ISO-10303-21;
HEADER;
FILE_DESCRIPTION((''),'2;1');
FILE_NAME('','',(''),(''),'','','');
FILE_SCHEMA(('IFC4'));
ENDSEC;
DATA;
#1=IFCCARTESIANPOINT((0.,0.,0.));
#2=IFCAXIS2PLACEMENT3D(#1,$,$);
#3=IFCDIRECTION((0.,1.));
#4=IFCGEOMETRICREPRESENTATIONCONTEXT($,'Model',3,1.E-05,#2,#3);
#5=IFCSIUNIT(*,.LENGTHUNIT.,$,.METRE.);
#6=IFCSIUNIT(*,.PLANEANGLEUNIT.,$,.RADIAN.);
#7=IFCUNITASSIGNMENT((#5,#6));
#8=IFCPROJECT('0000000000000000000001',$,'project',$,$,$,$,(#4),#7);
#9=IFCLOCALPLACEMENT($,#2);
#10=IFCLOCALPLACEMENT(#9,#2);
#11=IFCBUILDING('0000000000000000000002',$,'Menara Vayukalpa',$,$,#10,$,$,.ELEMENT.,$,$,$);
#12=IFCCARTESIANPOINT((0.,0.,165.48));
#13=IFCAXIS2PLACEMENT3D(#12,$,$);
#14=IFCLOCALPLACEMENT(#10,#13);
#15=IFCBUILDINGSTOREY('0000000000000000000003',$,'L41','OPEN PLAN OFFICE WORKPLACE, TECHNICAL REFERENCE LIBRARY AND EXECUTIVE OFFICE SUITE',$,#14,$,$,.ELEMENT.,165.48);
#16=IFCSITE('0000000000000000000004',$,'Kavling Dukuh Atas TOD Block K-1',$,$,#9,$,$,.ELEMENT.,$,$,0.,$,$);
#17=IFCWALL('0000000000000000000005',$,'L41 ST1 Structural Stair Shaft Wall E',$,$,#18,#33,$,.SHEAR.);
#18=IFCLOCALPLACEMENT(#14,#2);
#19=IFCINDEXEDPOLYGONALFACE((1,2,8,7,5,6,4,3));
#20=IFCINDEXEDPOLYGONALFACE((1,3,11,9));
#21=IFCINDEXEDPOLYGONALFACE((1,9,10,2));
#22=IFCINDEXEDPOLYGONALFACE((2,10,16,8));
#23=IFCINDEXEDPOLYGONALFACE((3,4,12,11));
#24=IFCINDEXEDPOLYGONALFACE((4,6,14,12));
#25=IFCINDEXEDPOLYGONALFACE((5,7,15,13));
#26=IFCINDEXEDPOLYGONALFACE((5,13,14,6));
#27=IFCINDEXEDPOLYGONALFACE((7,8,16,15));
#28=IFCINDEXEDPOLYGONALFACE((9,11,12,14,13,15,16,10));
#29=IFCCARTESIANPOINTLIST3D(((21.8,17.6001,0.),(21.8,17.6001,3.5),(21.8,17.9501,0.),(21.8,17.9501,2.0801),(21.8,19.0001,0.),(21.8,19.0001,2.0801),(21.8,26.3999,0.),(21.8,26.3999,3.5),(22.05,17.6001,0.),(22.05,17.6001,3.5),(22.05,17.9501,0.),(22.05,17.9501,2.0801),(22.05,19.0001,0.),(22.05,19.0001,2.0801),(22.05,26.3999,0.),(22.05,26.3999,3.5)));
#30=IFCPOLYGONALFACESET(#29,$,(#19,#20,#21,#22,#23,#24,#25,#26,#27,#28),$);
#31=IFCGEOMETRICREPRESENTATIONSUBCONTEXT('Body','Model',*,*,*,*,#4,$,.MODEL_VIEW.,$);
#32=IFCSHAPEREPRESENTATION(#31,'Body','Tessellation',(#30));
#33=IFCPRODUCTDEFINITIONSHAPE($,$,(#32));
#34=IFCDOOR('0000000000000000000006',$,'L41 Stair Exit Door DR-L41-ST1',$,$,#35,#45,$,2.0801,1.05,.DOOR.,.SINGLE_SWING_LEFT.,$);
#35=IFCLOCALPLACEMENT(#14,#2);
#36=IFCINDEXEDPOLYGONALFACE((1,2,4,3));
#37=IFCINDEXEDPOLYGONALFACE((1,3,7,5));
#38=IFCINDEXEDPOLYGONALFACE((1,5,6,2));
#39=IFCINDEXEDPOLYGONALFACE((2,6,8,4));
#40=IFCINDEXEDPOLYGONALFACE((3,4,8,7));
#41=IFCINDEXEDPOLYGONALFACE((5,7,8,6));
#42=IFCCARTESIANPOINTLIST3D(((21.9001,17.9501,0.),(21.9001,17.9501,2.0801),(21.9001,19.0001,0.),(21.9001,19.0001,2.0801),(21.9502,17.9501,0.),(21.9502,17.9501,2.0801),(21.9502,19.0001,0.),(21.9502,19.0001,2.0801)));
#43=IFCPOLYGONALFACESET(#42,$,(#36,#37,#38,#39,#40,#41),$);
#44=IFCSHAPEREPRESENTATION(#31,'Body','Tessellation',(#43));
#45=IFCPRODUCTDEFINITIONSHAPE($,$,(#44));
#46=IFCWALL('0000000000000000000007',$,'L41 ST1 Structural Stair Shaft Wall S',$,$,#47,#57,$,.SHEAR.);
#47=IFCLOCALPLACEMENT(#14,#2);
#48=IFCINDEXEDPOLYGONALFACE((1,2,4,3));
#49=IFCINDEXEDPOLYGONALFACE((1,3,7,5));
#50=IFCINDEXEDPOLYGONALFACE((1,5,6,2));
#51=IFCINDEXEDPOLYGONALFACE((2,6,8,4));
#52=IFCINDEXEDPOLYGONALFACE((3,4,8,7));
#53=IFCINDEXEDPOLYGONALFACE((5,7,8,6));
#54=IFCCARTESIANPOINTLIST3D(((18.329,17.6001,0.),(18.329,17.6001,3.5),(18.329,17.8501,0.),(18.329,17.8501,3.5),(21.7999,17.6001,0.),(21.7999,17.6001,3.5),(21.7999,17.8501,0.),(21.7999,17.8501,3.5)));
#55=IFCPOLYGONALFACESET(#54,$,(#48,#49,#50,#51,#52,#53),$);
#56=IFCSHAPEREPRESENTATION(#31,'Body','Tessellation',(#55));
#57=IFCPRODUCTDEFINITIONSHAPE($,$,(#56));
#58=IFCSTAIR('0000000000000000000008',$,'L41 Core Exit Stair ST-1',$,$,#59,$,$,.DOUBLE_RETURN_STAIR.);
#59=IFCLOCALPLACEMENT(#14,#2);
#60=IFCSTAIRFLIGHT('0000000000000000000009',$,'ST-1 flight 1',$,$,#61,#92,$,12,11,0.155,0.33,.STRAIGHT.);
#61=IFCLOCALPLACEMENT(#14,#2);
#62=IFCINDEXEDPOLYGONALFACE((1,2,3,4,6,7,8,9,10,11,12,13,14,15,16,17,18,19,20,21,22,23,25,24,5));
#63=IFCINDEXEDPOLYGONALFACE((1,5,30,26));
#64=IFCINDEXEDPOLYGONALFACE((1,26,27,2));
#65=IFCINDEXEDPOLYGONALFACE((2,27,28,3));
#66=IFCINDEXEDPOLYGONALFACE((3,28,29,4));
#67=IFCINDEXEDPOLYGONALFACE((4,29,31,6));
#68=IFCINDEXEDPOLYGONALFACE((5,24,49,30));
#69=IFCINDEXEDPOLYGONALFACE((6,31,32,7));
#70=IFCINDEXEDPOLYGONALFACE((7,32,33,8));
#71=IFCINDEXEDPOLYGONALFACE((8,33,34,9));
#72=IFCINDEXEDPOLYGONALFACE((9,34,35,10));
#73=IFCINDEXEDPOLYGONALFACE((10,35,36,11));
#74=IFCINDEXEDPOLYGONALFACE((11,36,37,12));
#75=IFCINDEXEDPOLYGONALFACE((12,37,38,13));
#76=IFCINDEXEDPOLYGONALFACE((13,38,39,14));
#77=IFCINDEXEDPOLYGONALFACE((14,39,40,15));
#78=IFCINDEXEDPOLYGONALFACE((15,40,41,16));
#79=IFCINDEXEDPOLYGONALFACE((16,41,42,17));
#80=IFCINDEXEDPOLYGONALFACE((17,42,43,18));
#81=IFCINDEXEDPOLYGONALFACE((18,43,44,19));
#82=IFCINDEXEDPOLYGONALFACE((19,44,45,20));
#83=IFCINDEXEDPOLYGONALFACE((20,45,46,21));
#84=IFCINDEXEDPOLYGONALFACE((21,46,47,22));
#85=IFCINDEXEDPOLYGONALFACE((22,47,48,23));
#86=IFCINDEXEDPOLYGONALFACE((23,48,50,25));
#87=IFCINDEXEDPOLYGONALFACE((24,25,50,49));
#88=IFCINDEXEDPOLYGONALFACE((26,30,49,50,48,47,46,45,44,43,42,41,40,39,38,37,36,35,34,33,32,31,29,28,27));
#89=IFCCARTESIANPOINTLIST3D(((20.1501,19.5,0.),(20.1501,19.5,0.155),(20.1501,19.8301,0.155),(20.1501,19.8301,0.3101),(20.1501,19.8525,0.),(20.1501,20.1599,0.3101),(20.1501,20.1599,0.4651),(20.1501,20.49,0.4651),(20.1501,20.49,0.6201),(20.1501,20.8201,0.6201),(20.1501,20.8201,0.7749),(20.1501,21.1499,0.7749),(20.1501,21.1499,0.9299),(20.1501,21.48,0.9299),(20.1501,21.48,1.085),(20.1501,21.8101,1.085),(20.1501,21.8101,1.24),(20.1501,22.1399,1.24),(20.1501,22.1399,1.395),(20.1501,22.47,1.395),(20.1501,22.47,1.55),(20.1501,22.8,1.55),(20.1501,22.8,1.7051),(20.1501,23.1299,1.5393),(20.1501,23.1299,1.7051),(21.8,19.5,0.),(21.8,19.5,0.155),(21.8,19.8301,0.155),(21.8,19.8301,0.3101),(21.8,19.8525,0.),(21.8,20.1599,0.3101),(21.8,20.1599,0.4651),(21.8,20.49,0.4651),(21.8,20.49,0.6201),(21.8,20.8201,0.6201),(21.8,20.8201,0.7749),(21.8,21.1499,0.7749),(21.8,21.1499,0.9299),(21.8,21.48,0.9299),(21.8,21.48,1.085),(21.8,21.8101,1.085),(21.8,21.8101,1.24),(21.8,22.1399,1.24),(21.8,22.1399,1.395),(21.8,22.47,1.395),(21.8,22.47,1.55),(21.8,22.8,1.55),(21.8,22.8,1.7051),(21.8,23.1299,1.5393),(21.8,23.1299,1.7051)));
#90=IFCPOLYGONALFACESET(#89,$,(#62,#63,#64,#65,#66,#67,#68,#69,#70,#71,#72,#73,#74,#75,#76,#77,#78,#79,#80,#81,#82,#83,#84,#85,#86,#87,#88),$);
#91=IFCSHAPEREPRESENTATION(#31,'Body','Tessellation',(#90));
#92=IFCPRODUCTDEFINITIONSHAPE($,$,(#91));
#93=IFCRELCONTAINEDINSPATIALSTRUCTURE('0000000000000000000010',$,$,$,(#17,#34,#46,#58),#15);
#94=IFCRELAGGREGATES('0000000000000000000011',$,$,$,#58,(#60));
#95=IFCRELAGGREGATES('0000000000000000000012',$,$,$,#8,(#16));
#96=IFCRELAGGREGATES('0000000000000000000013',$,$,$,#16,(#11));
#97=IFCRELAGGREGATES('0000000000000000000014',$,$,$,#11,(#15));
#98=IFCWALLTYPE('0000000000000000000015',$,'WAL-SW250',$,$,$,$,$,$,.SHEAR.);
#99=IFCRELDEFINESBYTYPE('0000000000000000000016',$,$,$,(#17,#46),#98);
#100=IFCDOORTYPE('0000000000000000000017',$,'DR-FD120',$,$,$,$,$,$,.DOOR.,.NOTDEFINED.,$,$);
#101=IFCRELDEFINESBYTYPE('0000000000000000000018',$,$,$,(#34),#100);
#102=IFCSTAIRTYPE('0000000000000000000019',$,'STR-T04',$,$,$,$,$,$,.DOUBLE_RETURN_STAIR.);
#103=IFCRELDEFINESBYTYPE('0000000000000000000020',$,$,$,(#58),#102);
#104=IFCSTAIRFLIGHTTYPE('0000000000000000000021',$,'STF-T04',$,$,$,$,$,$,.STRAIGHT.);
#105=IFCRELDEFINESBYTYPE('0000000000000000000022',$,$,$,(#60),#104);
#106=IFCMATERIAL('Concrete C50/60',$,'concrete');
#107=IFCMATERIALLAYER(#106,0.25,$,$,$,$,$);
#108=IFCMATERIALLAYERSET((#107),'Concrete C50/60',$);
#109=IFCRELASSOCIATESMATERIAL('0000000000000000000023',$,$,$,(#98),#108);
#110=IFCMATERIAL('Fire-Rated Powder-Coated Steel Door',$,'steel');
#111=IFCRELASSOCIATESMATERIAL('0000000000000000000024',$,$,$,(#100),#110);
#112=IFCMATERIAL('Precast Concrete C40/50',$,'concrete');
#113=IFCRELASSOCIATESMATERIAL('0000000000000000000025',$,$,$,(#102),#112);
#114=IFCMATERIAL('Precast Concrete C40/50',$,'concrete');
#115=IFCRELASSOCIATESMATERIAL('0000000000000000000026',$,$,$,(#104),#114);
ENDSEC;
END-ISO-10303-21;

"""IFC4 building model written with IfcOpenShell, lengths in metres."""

from ifc_helpers import new_model, si_unit, direction, frame, frame_2d, origin, place, context, subcontext, project, spatial, polyline, rectangle, outline, extrude, material, layer, layer_set, type_object, element, fill, aggregate, save


model = new_model("IFC4")

# Units and contexts
model_context = context("Model", 3, precision=1e-05, world=origin(), true_north=direction((0.0, 1.0)))
body_context = subcontext(model_context, "Body", "Model", "MODEL_VIEW")
ifc_project = project(units=[si_unit("LENGTHUNIT", "METRE"), si_unit("PLANEANGLEUNIT", "RADIAN")], contexts=[model_context])

# Site, building, storey
site_placement = place(None, origin())
site = spatial("IfcSite", under=ifc_project, at=site_placement, Name="Kavling Dukuh Atas TOD Block K-1", CompositionType="ELEMENT", RefElevation=0.0)
building_placement = place(site_placement, origin())
building = spatial("IfcBuilding", under=site, at=building_placement, Name="Menara Vayukalpa", CompositionType="ELEMENT")
storey_placement = place(building_placement, frame((0.0, 0.0, 165.48)))
storey = spatial("IfcBuildingStorey", under=building, at=storey_placement, Name="L41", Description="OPEN PLAN OFFICE WORKPLACE, TECHNICAL REFERENCE LIBRARY AND EXECUTIVE OFFICE SUITE", CompositionType="ELEMENT", Elevation=165.48)

# Shared definitions
ifc_material_1 = material(Name="Concrete C50/60", Category="concrete")
ifc_layer_1 = layer(ifc_material_1, 0.25)
ifc_layer_set_1 = layer_set([ifc_layer_1], Name="Concrete C50/60")
wall_type_1 = type_object("IfcWallType", Name="WAL-SW250", PredefinedType="SHEAR", material=ifc_layer_set_1)

# Wall, opening, door
wall_1_placement = place(storey_placement, frame((21.925, 17.6001, 0.0), z_axis=(0.0, 0.0, 1.0), x_axis=(0.0, 1.0, 0.0)))
wall_1 = element("IfcWall", 1, at=wall_1_placement, inside=storey, type_object=wall_type_1, Name="L41 ST1 Structural Stair Shaft Wall E", PredefinedType="SHEAR", context=body_context, shape_type="SweptSolid", body=[
    extrude(rectangle(XDim=8.7998, YDim=0.25, at=frame_2d((4.3999, 0.0))), origin(), (0.0, 0.0, 1.0), 3.5),
])
opening_placement = place(wall_1_placement, frame((0.3501, 0.0, 0.0)))
opening = element("IfcOpeningElement", 2, at=opening_placement, cuts=wall_1, PredefinedType="OPENING", context=body_context, shape_type="SweptSolid", body=[
    extrude(rectangle(XDim=1.05, YDim=2.0801, at=frame_2d((0.5249, 1.04))), frame((0.0, 0.135, 0.0), z_axis=(0.0, -1.0, 0.0), x_axis=(1.0, 0.0, 0.0)), (0.0, 0.0, 1.0), 0.27),
])
ifc_material_2 = material(Name="Fire-Rated Powder-Coated Steel Door", Category="steel")
door_type = type_object("IfcDoorType", Name="DR-FD120", OperationType="NOTDEFINED", PredefinedType="DOOR", material=ifc_material_2)
door_placement = place(opening_placement, origin())
door = element("IfcDoor", 3, at=door_placement, inside=storey, type_object=door_type, Name="L41 Stair Exit Door DR-L41-ST1", OperationType="SINGLE_SWING_LEFT", OverallHeight=2.0801, OverallWidth=1.05, PredefinedType="DOOR", context=body_context, shape_type="SweptSolid", body=[
    extrude(rectangle(XDim=1.05, YDim=2.0801, at=frame_2d((0.5249, 1.04))), frame((0.0, 0.0249, 0.0), z_axis=(0.0, -1.0, 0.0), x_axis=(1.0, 0.0, 0.0)), (0.0, 0.0, 1.0), 0.05),
])
fill(opening, door)

# Wall
wall_2_placement = place(storey_placement, frame((18.3291, 17.7251, 0.0), z_axis=(0.0, 0.0, 1.0), x_axis=(1.0, 0.0, 0.0)))
element("IfcWall", 4, at=wall_2_placement, inside=storey, type_object=wall_type_1, Name="L41 ST1 Structural Stair Shaft Wall S", PredefinedType="SHEAR", context=body_context, shape_type="SweptSolid", body=[
    extrude(rectangle(XDim=3.4709, YDim=0.25, at=frame_2d((1.7354, 0.0))), origin(), (0.0, 0.0, 1.0), 3.5),
])

# Stair, stair flight
ifc_material_3 = material(Name="Precast Concrete C40/50", Category="concrete")
stair_type = type_object("IfcStairType", Name="STR-T04", PredefinedType="DOUBLE_RETURN_STAIR", material=ifc_material_3)
stair_placement = place(storey_placement, origin())
stair = element("IfcStair", 5, at=stair_placement, inside=storey, type_object=stair_type, Name="L41 Core Exit Stair ST-1", PredefinedType="DOUBLE_RETURN_STAIR")
ifc_material_4 = material(Name="Precast Concrete C40/50", Category="concrete")
stair_flight_type = type_object("IfcStairFlightType", Name="STF-T04", PredefinedType="STRAIGHT", material=ifc_material_4)
stair_flight_placement = place(storey_placement, frame((20.9751, 19.5, 0.0), z_axis=(0.0, 0.0, 1.0), x_axis=(0.0, 1.0, 0.0)))
stair_flight = element("IfcStairFlight", 6, at=stair_flight_placement, type_object=stair_flight_type, Name="ST-1 flight 1", NumberOfRisers=12, NumberOfTreads=11, PredefinedType="STRAIGHT", RiserHeight=0.155, TreadLength=0.33, context=body_context, shape_type="SweptSolid", body=[
    extrude(outline(polyline([(0.0, 0.0), (0.0, 0.155), (0.3301, 0.155), (0.3301, 0.3101), (0.6599, 0.3101), (0.6599, 0.4651), (0.99, 0.4651), (0.99, 0.6201), (1.3201, 0.6201), (1.3201, 0.7749), (1.6499, 0.7749), (1.6499, 0.9299), (1.98, 0.9299), (1.98, 1.085), (2.3101, 1.085), (2.3101, 1.24), (2.6399, 1.24), (2.6399, 1.395), (2.97, 1.395), (2.97, 1.55), (3.3, 1.55), (3.3, 1.7051), (3.6299, 1.7051), (3.6299, 1.8601), (3.6299, 1.5393), (0.3525, 0.0), (0.0, 0.0)])), frame((0.0, 0.825, 0.0), z_axis=(0.0, -1.0, 0.0), x_axis=(1.0, 0.0, 0.0)), (0.0, 0.0, 1.0), 1.6499),
])
aggregate(stair, [stair_flight])

save(model, "model.ifc")
